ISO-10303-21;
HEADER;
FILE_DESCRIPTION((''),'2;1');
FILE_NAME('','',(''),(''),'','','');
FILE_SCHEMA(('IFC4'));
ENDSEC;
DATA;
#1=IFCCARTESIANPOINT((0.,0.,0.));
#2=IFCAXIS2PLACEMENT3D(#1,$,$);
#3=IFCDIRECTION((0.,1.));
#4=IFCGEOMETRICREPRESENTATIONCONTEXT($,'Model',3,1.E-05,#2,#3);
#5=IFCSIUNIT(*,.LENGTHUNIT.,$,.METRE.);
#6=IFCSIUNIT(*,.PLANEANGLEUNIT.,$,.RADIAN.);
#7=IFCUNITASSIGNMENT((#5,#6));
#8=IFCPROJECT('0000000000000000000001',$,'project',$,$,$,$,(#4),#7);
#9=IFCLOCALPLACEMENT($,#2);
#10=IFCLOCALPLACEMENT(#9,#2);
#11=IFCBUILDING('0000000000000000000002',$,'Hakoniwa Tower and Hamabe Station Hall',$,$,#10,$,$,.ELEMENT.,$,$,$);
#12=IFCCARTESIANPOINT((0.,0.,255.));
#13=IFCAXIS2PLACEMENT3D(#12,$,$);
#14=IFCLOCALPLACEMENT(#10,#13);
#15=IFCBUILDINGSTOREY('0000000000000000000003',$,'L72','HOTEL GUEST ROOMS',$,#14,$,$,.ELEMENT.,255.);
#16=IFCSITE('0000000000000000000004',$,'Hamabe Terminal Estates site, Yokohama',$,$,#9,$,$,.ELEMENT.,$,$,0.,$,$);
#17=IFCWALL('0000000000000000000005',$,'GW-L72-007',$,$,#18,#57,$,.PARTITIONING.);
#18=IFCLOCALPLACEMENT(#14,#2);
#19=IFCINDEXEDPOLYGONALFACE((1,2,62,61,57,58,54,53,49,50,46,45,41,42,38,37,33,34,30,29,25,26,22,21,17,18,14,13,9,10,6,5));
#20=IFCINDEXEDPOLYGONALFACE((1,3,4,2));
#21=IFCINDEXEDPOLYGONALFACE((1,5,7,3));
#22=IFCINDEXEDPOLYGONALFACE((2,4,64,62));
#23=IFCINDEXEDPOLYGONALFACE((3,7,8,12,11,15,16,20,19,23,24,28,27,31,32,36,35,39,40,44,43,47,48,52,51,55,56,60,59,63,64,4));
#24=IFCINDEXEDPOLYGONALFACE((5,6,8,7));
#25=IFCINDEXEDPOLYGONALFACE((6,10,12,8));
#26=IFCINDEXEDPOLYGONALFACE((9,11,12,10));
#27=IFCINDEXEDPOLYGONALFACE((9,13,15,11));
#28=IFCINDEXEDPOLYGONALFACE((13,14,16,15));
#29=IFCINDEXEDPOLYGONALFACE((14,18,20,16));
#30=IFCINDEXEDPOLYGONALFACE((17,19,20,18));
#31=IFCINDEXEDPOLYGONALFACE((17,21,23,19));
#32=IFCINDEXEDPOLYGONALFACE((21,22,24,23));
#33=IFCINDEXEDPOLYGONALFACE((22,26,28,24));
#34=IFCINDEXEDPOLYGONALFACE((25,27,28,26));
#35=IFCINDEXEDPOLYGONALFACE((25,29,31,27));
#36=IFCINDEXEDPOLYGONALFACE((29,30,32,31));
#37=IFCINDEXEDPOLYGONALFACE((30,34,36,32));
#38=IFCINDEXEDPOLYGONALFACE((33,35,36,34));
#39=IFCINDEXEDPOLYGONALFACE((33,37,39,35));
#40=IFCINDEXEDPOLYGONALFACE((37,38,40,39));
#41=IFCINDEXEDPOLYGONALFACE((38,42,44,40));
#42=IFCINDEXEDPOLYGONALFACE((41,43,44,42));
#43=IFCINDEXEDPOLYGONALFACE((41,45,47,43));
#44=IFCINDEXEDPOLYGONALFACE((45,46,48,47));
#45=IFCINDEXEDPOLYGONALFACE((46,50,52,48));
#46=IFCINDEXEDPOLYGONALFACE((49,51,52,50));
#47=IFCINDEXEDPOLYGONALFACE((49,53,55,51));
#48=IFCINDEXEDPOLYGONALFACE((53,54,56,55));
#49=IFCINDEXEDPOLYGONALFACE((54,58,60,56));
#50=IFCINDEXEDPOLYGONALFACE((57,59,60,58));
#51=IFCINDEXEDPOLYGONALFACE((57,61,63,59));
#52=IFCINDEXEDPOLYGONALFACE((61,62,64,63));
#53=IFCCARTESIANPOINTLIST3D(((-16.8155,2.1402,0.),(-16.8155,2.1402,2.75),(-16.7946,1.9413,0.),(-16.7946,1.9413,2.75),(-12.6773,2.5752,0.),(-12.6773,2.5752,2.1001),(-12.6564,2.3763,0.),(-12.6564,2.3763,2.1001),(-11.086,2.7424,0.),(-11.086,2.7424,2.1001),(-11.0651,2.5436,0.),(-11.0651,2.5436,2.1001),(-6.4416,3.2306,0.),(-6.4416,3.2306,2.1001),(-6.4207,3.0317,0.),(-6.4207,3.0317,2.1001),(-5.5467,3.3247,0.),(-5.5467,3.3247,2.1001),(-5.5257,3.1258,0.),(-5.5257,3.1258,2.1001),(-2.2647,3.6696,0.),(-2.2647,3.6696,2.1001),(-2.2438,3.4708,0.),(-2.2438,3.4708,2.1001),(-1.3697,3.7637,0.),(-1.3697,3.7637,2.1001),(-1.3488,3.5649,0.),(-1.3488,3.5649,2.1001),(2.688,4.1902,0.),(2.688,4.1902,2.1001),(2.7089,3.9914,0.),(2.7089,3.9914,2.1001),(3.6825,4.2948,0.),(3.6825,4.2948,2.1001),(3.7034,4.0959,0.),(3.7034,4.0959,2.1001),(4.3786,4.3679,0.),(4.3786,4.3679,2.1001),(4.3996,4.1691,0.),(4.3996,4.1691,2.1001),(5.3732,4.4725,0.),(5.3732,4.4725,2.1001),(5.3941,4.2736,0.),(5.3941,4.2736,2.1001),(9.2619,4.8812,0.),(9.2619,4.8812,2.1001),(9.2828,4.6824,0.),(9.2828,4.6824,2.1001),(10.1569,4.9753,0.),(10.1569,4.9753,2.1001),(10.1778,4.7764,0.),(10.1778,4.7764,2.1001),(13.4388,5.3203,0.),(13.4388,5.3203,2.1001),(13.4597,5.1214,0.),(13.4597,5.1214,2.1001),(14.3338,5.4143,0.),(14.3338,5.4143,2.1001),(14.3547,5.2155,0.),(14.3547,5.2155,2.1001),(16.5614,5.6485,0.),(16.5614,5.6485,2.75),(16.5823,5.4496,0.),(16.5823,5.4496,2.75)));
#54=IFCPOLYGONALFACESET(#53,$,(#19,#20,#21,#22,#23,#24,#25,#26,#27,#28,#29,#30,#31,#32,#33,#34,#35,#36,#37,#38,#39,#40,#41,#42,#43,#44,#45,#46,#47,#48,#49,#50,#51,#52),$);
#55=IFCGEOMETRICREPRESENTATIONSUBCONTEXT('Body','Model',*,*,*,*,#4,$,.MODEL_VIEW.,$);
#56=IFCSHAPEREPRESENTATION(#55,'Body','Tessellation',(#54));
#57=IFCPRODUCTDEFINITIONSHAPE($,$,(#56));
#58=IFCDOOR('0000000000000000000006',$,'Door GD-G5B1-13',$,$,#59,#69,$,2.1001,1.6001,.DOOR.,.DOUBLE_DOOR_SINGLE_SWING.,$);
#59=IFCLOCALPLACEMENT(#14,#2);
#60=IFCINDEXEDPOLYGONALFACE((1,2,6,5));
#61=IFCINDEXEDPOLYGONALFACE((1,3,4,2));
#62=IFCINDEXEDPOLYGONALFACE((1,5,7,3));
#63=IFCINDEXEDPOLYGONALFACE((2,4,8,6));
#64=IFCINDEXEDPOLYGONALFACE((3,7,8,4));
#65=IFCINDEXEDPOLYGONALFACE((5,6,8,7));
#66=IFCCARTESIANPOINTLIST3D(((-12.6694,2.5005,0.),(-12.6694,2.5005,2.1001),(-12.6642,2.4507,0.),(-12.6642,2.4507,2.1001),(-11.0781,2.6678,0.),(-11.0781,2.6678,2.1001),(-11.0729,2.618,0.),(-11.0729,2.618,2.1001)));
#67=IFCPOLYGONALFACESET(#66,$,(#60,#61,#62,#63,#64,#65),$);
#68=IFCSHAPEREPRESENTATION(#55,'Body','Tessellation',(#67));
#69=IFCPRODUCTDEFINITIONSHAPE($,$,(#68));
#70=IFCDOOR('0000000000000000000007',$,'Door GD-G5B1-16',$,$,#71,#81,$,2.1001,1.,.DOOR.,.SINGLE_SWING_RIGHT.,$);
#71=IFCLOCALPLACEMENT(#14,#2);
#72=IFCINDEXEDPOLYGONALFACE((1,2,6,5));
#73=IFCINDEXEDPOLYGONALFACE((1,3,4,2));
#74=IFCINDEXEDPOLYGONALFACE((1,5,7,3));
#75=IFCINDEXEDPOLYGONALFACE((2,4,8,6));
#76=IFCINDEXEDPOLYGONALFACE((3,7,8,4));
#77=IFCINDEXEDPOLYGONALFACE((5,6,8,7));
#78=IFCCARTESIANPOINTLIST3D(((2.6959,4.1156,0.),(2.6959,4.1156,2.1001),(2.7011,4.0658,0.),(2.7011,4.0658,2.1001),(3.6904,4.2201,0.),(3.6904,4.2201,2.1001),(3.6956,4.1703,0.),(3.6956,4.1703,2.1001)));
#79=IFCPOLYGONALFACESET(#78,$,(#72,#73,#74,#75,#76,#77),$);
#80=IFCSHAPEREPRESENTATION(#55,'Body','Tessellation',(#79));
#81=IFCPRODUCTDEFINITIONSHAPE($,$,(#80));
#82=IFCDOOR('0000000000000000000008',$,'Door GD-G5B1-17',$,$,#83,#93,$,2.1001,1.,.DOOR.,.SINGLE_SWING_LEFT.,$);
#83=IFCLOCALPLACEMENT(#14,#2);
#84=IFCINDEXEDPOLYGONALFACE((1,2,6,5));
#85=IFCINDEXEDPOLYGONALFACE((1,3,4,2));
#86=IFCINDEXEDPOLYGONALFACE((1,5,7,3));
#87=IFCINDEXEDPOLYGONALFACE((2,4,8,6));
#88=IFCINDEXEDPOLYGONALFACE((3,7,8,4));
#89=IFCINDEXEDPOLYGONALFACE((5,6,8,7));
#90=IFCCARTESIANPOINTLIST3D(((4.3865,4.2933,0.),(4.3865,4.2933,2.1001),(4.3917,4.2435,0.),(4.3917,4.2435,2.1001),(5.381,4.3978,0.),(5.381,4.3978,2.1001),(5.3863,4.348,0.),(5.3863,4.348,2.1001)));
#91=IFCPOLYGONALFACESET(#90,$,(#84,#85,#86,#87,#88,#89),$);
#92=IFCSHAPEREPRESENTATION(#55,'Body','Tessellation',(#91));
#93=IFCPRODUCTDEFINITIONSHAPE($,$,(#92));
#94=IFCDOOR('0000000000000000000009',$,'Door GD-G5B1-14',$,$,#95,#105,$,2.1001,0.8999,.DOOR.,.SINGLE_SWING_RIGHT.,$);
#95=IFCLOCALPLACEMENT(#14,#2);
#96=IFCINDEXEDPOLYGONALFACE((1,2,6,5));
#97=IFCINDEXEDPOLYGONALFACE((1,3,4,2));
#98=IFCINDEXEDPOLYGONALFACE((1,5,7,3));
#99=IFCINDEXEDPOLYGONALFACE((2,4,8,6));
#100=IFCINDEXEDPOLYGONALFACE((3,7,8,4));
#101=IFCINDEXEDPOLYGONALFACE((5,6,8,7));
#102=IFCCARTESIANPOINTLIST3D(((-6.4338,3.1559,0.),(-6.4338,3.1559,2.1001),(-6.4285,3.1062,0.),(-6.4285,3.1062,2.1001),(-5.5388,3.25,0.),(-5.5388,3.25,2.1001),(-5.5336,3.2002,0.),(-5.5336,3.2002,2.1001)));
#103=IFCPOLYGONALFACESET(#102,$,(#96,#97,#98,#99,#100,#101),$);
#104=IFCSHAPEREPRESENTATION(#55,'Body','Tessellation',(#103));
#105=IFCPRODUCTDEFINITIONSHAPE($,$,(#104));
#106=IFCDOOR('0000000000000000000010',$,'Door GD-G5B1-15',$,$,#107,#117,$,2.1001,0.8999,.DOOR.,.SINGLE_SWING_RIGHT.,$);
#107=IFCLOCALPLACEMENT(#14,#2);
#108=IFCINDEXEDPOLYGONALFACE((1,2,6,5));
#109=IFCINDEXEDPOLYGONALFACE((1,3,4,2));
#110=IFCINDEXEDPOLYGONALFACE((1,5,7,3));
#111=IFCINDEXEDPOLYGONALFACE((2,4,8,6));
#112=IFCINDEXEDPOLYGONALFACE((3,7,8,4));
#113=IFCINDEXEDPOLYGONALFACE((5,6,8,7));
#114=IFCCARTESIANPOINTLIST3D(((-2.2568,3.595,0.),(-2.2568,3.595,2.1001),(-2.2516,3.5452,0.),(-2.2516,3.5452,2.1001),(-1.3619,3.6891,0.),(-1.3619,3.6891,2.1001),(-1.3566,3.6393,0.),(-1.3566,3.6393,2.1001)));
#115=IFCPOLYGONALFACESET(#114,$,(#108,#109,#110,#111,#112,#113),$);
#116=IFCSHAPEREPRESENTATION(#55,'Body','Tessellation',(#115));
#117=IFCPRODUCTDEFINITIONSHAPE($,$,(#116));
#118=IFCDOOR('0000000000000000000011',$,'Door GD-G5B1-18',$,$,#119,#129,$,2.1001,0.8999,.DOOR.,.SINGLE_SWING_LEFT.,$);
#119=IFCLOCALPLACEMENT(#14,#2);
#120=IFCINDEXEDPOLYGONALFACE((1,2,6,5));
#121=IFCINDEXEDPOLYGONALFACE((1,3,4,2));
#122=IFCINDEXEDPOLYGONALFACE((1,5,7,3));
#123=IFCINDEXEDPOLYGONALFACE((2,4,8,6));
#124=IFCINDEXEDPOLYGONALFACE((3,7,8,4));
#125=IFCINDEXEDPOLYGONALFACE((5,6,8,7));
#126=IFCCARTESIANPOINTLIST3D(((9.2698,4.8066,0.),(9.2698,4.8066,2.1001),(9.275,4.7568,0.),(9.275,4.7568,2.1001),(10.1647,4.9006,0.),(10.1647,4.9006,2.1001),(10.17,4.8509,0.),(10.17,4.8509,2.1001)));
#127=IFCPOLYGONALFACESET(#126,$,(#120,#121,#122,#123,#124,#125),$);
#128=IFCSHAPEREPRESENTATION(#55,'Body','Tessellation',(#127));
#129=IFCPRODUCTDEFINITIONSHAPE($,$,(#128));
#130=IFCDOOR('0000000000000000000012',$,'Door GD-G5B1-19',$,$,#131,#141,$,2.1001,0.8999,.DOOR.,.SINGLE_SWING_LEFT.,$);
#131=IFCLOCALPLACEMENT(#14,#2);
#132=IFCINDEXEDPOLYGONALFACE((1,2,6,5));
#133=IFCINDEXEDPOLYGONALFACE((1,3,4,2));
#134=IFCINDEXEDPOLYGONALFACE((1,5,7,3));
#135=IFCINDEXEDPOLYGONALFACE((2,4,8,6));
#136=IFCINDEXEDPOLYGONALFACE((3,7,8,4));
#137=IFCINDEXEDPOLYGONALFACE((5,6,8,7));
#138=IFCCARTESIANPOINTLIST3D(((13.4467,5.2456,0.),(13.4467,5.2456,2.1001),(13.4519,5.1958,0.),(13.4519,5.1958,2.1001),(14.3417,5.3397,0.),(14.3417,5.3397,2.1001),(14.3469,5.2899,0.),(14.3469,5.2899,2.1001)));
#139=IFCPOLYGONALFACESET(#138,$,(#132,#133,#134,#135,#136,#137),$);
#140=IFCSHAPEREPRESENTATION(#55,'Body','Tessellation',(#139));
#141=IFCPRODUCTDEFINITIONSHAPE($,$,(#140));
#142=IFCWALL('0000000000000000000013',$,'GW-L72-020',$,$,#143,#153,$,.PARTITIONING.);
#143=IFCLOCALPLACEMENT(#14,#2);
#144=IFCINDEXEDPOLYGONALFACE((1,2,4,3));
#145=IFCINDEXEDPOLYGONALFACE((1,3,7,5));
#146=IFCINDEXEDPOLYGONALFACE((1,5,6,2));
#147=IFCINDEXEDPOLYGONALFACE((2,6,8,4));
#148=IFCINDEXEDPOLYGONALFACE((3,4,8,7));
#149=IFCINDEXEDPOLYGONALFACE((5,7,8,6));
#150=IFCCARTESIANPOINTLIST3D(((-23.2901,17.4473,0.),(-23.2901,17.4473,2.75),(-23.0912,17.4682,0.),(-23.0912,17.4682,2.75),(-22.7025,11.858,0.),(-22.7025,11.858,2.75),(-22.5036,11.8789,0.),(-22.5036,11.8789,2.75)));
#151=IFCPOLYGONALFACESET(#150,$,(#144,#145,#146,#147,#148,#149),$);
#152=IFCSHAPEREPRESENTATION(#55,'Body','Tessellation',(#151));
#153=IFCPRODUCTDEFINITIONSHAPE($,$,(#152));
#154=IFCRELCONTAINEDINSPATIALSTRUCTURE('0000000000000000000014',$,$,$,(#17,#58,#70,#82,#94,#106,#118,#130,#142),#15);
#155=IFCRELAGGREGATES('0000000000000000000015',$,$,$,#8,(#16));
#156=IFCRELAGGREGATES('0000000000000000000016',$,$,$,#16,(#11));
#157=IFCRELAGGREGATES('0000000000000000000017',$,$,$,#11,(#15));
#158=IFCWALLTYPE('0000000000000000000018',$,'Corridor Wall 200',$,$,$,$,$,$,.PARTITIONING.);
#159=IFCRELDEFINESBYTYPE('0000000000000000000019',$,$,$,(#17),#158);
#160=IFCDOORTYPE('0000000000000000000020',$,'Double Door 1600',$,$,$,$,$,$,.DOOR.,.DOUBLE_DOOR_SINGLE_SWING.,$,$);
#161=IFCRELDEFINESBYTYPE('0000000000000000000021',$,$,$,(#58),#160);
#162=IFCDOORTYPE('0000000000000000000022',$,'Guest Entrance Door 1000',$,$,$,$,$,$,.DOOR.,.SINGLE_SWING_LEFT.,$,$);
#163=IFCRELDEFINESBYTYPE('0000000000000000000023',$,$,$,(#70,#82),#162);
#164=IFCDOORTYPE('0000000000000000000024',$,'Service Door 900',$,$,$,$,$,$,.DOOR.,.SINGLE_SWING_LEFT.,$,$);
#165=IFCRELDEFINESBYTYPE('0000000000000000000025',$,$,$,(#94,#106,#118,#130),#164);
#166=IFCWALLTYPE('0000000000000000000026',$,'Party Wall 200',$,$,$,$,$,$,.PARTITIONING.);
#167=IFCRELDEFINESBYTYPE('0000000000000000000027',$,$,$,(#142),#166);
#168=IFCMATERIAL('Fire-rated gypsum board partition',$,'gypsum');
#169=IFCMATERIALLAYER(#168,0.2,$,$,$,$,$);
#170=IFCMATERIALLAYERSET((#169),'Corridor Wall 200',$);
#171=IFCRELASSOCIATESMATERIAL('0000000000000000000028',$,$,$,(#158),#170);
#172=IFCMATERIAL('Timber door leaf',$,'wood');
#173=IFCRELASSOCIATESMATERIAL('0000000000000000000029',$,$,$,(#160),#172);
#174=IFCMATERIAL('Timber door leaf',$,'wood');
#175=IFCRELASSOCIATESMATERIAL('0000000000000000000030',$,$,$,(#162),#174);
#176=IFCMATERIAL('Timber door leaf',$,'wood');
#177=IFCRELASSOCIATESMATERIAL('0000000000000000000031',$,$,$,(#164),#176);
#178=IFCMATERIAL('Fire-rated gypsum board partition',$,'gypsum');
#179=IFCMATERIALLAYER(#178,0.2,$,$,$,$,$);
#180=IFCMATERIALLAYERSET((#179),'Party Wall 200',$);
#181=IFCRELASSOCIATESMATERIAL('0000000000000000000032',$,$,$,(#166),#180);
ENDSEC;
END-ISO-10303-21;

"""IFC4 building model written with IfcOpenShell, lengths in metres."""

from ifc_helpers import new_model, si_unit, direction, frame, frame_2d, origin, place, context, subcontext, project, spatial, rectangle, extrude, material, layer, layer_set, type_object, element, fill, save


model = new_model("IFC4")

# Units and contexts
model_context = context("Model", 3, precision=1e-05, world=origin(), true_north=direction((0.0, 1.0)))
body_context = subcontext(model_context, "Body", "Model", "MODEL_VIEW")
ifc_project = project(units=[si_unit("LENGTHUNIT", "METRE"), si_unit("PLANEANGLEUNIT", "RADIAN")], contexts=[model_context])

# Site, building, storey
site_placement = place(None, origin())
site = spatial("IfcSite", under=ifc_project, at=site_placement, Name="Hamabe Terminal Estates site, Yokohama", CompositionType="ELEMENT", RefElevation=0.0)
building_placement = place(site_placement, origin())
building = spatial("IfcBuilding", under=site, at=building_placement, Name="Hakoniwa Tower and Hamabe Station Hall", CompositionType="ELEMENT")
storey_placement = place(building_placement, frame((0.0, 0.0, 255.0)))
storey = spatial("IfcBuildingStorey", under=building, at=storey_placement, Name="L72", Description="HOTEL GUEST ROOMS", CompositionType="ELEMENT", Elevation=255.0)

# Wall, openings, doors
ifc_material_1 = material(Name="Fire-rated gypsum board partition", Category="gypsum")
ifc_layer_1 = layer(ifc_material_1, 0.2)
ifc_layer_set_1 = layer_set([ifc_layer_1], Name="Corridor Wall 200")
wall_type_1 = type_object("IfcWallType", Name="Corridor Wall 200", PredefinedType="PARTITIONING", material=ifc_layer_set_1)
wall_1_placement = place(storey_placement, frame((-16.8049, 2.0408, 0.0), z_axis=(0.0, 0.0, 1.0), x_axis=(0.994521, 0.104536, 0.0)))
wall_1 = element("IfcWall", 1, at=wall_1_placement, inside=storey, type_object=wall_type_1, Name="GW-L72-007", PredefinedType="PARTITIONING", context=body_context, shape_type="SweptSolid", body=[
    extrude(rectangle(XDim=33.5608, YDim=0.2, at=frame_2d((16.7803, 0.0))), origin(), (0.0, 0.0, 1.0), 2.75),
])
opening_1_placement = place(wall_1_placement, frame((4.1609, 0.0, 0.0)))
opening_1 = element("IfcOpeningElement", 2, at=opening_1_placement, cuts=wall_1, PredefinedType="OPENING", context=body_context, shape_type="SweptSolid", body=[
    extrude(rectangle(XDim=1.6001, YDim=2.1001, at=frame_2d((0.8, 1.05))), frame((0.0, 0.1099, 0.0), z_axis=(0.0, -1.0, 0.0), x_axis=(1.0, 0.0, 0.0)), (0.0, 0.0, 1.0), 0.22),
])
opening_2_placement = place(wall_1_placement, frame((10.4309, 0.0, 0.0)))
opening_2 = element("IfcOpeningElement", 3, at=opening_2_placement, cuts=wall_1, PredefinedType="OPENING", context=body_context, shape_type="SweptSolid", body=[
    extrude(rectangle(XDim=0.8999, YDim=2.1001, at=frame_2d((0.45, 1.05))), frame((0.0, 0.1099, 0.0), z_axis=(0.0, -1.0, 0.0), x_axis=(1.0, 0.0, 0.0)), (0.0, 0.0, 1.0), 0.22),
])
opening_3_placement = place(wall_1_placement, frame((14.6309, 0.0, 0.0)))
opening_3 = element("IfcOpeningElement", 4, at=opening_3_placement, cuts=wall_1, PredefinedType="OPENING", context=body_context, shape_type="SweptSolid", body=[
    extrude(rectangle(XDim=0.8999, YDim=2.1001, at=frame_2d((0.45, 1.05))), frame((0.0, 0.1099, 0.0), z_axis=(0.0, -1.0, 0.0), x_axis=(1.0, 0.0, 0.0)), (0.0, 0.0, 1.0), 0.22),
])
opening_4_placement = place(wall_1_placement, frame((19.6108, 0.0, 0.0)))
opening_4 = element("IfcOpeningElement", 5, at=opening_4_placement, cuts=wall_1, PredefinedType="OPENING", context=body_context, shape_type="SweptSolid", body=[
    extrude(rectangle(XDim=1.0, YDim=2.1001, at=frame_2d((0.5, 1.05))), frame((0.0, 0.1099, 0.0), z_axis=(0.0, -1.0, 0.0), x_axis=(1.0, 0.0, 0.0)), (0.0, 0.0, 1.0), 0.22),
])
opening_5_placement = place(wall_1_placement, frame((21.3108, 0.0, 0.0)))
opening_5 = element("IfcOpeningElement", 6, at=opening_5_placement, cuts=wall_1, PredefinedType="OPENING", context=body_context, shape_type="SweptSolid", body=[
    extrude(rectangle(XDim=1.0, YDim=2.1001, at=frame_2d((0.5, 1.05))), frame((0.0, 0.1099, 0.0), z_axis=(0.0, -1.0, 0.0), x_axis=(1.0, 0.0, 0.0)), (0.0, 0.0, 1.0), 0.22),
])
opening_6_placement = place(wall_1_placement, frame((26.2209, 0.0, 0.0)))
opening_6 = element("IfcOpeningElement", 7, at=opening_6_placement, cuts=wall_1, PredefinedType="OPENING", context=body_context, shape_type="SweptSolid", body=[
    extrude(rectangle(XDim=0.8999, YDim=2.1001, at=frame_2d((0.45, 1.05))), frame((0.0, 0.1099, 0.0), z_axis=(0.0, -1.0, 0.0), x_axis=(1.0, 0.0, 0.0)), (0.0, 0.0, 1.0), 0.22),
])
opening_7_placement = place(wall_1_placement, frame((30.4209, 0.0, 0.0)))
opening_7 = element("IfcOpeningElement", 8, at=opening_7_placement, cuts=wall_1, PredefinedType="OPENING", context=body_context, shape_type="SweptSolid", body=[
    extrude(rectangle(XDim=0.8999, YDim=2.1001, at=frame_2d((0.45, 1.05))), frame((0.0, 0.1099, 0.0), z_axis=(0.0, -1.0, 0.0), x_axis=(1.0, 0.0, 0.0)), (0.0, 0.0, 1.0), 0.22),
])
ifc_material_2 = material(Name="Timber door leaf", Category="wood")
door_type_1 = type_object("IfcDoorType", Name="Double Door 1600", OperationType="DOUBLE_DOOR_SINGLE_SWING", PredefinedType="DOOR", material=ifc_material_2)
door_1_placement = place(opening_1_placement, origin())
door_1 = element("IfcDoor", 9, at=door_1_placement, inside=storey, type_object=door_type_1, Name="Door GD-G5B1-13", OperationType="DOUBLE_DOOR_SINGLE_SWING", OverallHeight=2.1001, OverallWidth=1.6001, PredefinedType="DOOR", context=body_context, shape_type="SweptSolid", body=[
    extrude(rectangle(XDim=1.6001, YDim=2.1001, at=frame_2d((0.8, 1.05))), frame((0.0, 0.0249, 0.0), z_axis=(0.0, -1.0, 0.0), x_axis=(1.0, 0.0, 0.0)), (0.0, 0.0, 1.0), 0.05),
])
fill(opening_1, door_1)
ifc_material_3 = material(Name="Timber door leaf", Category="wood")
door_type_2 = type_object("IfcDoorType", Name="Guest Entrance Door 1000", OperationType="SINGLE_SWING_LEFT", PredefinedType="DOOR", material=ifc_material_3)
door_2_placement = place(opening_4_placement, origin())
door_2 = element("IfcDoor", 10, at=door_2_placement, inside=storey, type_object=door_type_2, Name="Door GD-G5B1-16", OperationType="SINGLE_SWING_RIGHT", OverallHeight=2.1001, OverallWidth=1.0, PredefinedType="DOOR", context=body_context, shape_type="SweptSolid", body=[
    extrude(rectangle(XDim=1.0, YDim=2.1001, at=frame_2d((0.5, 1.05))), frame((0.0, 0.0249, 0.0), z_axis=(0.0, -1.0, 0.0), x_axis=(1.0, 0.0, 0.0)), (0.0, 0.0, 1.0), 0.05),
])
fill(opening_4, door_2)
door_3_placement = place(opening_5_placement, origin())
door_3 = element("IfcDoor", 11, at=door_3_placement, inside=storey, type_object=door_type_2, Name="Door GD-G5B1-17", OperationType="SINGLE_SWING_LEFT", OverallHeight=2.1001, OverallWidth=1.0, PredefinedType="DOOR", context=body_context, shape_type="SweptSolid", body=[
    extrude(rectangle(XDim=1.0, YDim=2.1001, at=frame_2d((0.5, 1.05))), frame((0.0, 0.0249, 0.0), z_axis=(0.0, -1.0, 0.0), x_axis=(1.0, 0.0, 0.0)), (0.0, 0.0, 1.0), 0.05),
])
fill(opening_5, door_3)
ifc_material_4 = material(Name="Timber door leaf", Category="wood")
door_type_3 = type_object("IfcDoorType", Name="Service Door 900", OperationType="SINGLE_SWING_LEFT", PredefinedType="DOOR", material=ifc_material_4)
door_4_placement = place(opening_2_placement, origin())
door_4 = element("IfcDoor", 12, at=door_4_placement, inside=storey, type_object=door_type_3, Name="Door GD-G5B1-14", OperationType="SINGLE_SWING_RIGHT", OverallHeight=2.1001, OverallWidth=0.8999, PredefinedType="DOOR", context=body_context, shape_type="SweptSolid", body=[
    extrude(rectangle(XDim=0.8999, YDim=2.1001, at=frame_2d((0.45, 1.05))), frame((0.0, 0.0249, 0.0), z_axis=(0.0, -1.0, 0.0), x_axis=(1.0, 0.0, 0.0)), (0.0, 0.0, 1.0), 0.05),
])
fill(opening_2, door_4)
door_5_placement = place(opening_3_placement, origin())
door_5 = element("IfcDoor", 13, at=door_5_placement, inside=storey, type_object=door_type_3, Name="Door GD-G5B1-15", OperationType="SINGLE_SWING_RIGHT", OverallHeight=2.1001, OverallWidth=0.8999, PredefinedType="DOOR", context=body_context, shape_type="SweptSolid", body=[
    extrude(rectangle(XDim=0.8999, YDim=2.1001, at=frame_2d((0.45, 1.05))), frame((0.0, 0.0249, 0.0), z_axis=(0.0, -1.0, 0.0), x_axis=(1.0, 0.0, 0.0)), (0.0, 0.0, 1.0), 0.05),
])
fill(opening_3, door_5)
door_6_placement = place(opening_6_placement, origin())
door_6 = element("IfcDoor", 14, at=door_6_placement, inside=storey, type_object=door_type_3, Name="Door GD-G5B1-18", OperationType="SINGLE_SWING_LEFT", OverallHeight=2.1001, OverallWidth=0.8999, PredefinedType="DOOR", context=body_context, shape_type="SweptSolid", body=[
    extrude(rectangle(XDim=0.8999, YDim=2.1001, at=frame_2d((0.45, 1.05))), frame((0.0, 0.0249, 0.0), z_axis=(0.0, -1.0, 0.0), x_axis=(1.0, 0.0, 0.0)), (0.0, 0.0, 1.0), 0.05),
])
fill(opening_6, door_6)
door_7_placement = place(opening_7_placement, origin())
door_7 = element("IfcDoor", 15, at=door_7_placement, inside=storey, type_object=door_type_3, Name="Door GD-G5B1-19", OperationType="SINGLE_SWING_LEFT", OverallHeight=2.1001, OverallWidth=0.8999, PredefinedType="DOOR", context=body_context, shape_type="SweptSolid", body=[
    extrude(rectangle(XDim=0.8999, YDim=2.1001, at=frame_2d((0.45, 1.05))), frame((0.0, 0.0249, 0.0), z_axis=(0.0, -1.0, 0.0), x_axis=(1.0, 0.0, 0.0)), (0.0, 0.0, 1.0), 0.05),
])
fill(opening_7, door_7)

# Wall
ifc_material_5 = material(Name="Fire-rated gypsum board partition", Category="gypsum")
ifc_layer_2 = layer(ifc_material_5, 0.2)
ifc_layer_set_2 = layer_set([ifc_layer_2], Name="Party Wall 200")
wall_type_2 = type_object("IfcWallType", Name="Party Wall 200", PredefinedType="PARTITIONING", material=ifc_layer_set_2)
wall_2_placement = place(storey_placement, frame((-22.603, 11.8684, 0.0), z_axis=(0.0, 0.0, 1.0), x_axis=(-0.10456, 0.994519, 0.0)))
element("IfcWall", 16, at=wall_2_placement, inside=storey, type_object=wall_type_2, Name="GW-L72-020", PredefinedType="PARTITIONING", context=body_context, shape_type="SweptSolid", body=[
    extrude(rectangle(XDim=5.6201, YDim=0.2, at=frame_2d((2.8101, 0.0))), origin(), (0.0, 0.0, 1.0), 2.75),
])

save(model, "model.ifc")
